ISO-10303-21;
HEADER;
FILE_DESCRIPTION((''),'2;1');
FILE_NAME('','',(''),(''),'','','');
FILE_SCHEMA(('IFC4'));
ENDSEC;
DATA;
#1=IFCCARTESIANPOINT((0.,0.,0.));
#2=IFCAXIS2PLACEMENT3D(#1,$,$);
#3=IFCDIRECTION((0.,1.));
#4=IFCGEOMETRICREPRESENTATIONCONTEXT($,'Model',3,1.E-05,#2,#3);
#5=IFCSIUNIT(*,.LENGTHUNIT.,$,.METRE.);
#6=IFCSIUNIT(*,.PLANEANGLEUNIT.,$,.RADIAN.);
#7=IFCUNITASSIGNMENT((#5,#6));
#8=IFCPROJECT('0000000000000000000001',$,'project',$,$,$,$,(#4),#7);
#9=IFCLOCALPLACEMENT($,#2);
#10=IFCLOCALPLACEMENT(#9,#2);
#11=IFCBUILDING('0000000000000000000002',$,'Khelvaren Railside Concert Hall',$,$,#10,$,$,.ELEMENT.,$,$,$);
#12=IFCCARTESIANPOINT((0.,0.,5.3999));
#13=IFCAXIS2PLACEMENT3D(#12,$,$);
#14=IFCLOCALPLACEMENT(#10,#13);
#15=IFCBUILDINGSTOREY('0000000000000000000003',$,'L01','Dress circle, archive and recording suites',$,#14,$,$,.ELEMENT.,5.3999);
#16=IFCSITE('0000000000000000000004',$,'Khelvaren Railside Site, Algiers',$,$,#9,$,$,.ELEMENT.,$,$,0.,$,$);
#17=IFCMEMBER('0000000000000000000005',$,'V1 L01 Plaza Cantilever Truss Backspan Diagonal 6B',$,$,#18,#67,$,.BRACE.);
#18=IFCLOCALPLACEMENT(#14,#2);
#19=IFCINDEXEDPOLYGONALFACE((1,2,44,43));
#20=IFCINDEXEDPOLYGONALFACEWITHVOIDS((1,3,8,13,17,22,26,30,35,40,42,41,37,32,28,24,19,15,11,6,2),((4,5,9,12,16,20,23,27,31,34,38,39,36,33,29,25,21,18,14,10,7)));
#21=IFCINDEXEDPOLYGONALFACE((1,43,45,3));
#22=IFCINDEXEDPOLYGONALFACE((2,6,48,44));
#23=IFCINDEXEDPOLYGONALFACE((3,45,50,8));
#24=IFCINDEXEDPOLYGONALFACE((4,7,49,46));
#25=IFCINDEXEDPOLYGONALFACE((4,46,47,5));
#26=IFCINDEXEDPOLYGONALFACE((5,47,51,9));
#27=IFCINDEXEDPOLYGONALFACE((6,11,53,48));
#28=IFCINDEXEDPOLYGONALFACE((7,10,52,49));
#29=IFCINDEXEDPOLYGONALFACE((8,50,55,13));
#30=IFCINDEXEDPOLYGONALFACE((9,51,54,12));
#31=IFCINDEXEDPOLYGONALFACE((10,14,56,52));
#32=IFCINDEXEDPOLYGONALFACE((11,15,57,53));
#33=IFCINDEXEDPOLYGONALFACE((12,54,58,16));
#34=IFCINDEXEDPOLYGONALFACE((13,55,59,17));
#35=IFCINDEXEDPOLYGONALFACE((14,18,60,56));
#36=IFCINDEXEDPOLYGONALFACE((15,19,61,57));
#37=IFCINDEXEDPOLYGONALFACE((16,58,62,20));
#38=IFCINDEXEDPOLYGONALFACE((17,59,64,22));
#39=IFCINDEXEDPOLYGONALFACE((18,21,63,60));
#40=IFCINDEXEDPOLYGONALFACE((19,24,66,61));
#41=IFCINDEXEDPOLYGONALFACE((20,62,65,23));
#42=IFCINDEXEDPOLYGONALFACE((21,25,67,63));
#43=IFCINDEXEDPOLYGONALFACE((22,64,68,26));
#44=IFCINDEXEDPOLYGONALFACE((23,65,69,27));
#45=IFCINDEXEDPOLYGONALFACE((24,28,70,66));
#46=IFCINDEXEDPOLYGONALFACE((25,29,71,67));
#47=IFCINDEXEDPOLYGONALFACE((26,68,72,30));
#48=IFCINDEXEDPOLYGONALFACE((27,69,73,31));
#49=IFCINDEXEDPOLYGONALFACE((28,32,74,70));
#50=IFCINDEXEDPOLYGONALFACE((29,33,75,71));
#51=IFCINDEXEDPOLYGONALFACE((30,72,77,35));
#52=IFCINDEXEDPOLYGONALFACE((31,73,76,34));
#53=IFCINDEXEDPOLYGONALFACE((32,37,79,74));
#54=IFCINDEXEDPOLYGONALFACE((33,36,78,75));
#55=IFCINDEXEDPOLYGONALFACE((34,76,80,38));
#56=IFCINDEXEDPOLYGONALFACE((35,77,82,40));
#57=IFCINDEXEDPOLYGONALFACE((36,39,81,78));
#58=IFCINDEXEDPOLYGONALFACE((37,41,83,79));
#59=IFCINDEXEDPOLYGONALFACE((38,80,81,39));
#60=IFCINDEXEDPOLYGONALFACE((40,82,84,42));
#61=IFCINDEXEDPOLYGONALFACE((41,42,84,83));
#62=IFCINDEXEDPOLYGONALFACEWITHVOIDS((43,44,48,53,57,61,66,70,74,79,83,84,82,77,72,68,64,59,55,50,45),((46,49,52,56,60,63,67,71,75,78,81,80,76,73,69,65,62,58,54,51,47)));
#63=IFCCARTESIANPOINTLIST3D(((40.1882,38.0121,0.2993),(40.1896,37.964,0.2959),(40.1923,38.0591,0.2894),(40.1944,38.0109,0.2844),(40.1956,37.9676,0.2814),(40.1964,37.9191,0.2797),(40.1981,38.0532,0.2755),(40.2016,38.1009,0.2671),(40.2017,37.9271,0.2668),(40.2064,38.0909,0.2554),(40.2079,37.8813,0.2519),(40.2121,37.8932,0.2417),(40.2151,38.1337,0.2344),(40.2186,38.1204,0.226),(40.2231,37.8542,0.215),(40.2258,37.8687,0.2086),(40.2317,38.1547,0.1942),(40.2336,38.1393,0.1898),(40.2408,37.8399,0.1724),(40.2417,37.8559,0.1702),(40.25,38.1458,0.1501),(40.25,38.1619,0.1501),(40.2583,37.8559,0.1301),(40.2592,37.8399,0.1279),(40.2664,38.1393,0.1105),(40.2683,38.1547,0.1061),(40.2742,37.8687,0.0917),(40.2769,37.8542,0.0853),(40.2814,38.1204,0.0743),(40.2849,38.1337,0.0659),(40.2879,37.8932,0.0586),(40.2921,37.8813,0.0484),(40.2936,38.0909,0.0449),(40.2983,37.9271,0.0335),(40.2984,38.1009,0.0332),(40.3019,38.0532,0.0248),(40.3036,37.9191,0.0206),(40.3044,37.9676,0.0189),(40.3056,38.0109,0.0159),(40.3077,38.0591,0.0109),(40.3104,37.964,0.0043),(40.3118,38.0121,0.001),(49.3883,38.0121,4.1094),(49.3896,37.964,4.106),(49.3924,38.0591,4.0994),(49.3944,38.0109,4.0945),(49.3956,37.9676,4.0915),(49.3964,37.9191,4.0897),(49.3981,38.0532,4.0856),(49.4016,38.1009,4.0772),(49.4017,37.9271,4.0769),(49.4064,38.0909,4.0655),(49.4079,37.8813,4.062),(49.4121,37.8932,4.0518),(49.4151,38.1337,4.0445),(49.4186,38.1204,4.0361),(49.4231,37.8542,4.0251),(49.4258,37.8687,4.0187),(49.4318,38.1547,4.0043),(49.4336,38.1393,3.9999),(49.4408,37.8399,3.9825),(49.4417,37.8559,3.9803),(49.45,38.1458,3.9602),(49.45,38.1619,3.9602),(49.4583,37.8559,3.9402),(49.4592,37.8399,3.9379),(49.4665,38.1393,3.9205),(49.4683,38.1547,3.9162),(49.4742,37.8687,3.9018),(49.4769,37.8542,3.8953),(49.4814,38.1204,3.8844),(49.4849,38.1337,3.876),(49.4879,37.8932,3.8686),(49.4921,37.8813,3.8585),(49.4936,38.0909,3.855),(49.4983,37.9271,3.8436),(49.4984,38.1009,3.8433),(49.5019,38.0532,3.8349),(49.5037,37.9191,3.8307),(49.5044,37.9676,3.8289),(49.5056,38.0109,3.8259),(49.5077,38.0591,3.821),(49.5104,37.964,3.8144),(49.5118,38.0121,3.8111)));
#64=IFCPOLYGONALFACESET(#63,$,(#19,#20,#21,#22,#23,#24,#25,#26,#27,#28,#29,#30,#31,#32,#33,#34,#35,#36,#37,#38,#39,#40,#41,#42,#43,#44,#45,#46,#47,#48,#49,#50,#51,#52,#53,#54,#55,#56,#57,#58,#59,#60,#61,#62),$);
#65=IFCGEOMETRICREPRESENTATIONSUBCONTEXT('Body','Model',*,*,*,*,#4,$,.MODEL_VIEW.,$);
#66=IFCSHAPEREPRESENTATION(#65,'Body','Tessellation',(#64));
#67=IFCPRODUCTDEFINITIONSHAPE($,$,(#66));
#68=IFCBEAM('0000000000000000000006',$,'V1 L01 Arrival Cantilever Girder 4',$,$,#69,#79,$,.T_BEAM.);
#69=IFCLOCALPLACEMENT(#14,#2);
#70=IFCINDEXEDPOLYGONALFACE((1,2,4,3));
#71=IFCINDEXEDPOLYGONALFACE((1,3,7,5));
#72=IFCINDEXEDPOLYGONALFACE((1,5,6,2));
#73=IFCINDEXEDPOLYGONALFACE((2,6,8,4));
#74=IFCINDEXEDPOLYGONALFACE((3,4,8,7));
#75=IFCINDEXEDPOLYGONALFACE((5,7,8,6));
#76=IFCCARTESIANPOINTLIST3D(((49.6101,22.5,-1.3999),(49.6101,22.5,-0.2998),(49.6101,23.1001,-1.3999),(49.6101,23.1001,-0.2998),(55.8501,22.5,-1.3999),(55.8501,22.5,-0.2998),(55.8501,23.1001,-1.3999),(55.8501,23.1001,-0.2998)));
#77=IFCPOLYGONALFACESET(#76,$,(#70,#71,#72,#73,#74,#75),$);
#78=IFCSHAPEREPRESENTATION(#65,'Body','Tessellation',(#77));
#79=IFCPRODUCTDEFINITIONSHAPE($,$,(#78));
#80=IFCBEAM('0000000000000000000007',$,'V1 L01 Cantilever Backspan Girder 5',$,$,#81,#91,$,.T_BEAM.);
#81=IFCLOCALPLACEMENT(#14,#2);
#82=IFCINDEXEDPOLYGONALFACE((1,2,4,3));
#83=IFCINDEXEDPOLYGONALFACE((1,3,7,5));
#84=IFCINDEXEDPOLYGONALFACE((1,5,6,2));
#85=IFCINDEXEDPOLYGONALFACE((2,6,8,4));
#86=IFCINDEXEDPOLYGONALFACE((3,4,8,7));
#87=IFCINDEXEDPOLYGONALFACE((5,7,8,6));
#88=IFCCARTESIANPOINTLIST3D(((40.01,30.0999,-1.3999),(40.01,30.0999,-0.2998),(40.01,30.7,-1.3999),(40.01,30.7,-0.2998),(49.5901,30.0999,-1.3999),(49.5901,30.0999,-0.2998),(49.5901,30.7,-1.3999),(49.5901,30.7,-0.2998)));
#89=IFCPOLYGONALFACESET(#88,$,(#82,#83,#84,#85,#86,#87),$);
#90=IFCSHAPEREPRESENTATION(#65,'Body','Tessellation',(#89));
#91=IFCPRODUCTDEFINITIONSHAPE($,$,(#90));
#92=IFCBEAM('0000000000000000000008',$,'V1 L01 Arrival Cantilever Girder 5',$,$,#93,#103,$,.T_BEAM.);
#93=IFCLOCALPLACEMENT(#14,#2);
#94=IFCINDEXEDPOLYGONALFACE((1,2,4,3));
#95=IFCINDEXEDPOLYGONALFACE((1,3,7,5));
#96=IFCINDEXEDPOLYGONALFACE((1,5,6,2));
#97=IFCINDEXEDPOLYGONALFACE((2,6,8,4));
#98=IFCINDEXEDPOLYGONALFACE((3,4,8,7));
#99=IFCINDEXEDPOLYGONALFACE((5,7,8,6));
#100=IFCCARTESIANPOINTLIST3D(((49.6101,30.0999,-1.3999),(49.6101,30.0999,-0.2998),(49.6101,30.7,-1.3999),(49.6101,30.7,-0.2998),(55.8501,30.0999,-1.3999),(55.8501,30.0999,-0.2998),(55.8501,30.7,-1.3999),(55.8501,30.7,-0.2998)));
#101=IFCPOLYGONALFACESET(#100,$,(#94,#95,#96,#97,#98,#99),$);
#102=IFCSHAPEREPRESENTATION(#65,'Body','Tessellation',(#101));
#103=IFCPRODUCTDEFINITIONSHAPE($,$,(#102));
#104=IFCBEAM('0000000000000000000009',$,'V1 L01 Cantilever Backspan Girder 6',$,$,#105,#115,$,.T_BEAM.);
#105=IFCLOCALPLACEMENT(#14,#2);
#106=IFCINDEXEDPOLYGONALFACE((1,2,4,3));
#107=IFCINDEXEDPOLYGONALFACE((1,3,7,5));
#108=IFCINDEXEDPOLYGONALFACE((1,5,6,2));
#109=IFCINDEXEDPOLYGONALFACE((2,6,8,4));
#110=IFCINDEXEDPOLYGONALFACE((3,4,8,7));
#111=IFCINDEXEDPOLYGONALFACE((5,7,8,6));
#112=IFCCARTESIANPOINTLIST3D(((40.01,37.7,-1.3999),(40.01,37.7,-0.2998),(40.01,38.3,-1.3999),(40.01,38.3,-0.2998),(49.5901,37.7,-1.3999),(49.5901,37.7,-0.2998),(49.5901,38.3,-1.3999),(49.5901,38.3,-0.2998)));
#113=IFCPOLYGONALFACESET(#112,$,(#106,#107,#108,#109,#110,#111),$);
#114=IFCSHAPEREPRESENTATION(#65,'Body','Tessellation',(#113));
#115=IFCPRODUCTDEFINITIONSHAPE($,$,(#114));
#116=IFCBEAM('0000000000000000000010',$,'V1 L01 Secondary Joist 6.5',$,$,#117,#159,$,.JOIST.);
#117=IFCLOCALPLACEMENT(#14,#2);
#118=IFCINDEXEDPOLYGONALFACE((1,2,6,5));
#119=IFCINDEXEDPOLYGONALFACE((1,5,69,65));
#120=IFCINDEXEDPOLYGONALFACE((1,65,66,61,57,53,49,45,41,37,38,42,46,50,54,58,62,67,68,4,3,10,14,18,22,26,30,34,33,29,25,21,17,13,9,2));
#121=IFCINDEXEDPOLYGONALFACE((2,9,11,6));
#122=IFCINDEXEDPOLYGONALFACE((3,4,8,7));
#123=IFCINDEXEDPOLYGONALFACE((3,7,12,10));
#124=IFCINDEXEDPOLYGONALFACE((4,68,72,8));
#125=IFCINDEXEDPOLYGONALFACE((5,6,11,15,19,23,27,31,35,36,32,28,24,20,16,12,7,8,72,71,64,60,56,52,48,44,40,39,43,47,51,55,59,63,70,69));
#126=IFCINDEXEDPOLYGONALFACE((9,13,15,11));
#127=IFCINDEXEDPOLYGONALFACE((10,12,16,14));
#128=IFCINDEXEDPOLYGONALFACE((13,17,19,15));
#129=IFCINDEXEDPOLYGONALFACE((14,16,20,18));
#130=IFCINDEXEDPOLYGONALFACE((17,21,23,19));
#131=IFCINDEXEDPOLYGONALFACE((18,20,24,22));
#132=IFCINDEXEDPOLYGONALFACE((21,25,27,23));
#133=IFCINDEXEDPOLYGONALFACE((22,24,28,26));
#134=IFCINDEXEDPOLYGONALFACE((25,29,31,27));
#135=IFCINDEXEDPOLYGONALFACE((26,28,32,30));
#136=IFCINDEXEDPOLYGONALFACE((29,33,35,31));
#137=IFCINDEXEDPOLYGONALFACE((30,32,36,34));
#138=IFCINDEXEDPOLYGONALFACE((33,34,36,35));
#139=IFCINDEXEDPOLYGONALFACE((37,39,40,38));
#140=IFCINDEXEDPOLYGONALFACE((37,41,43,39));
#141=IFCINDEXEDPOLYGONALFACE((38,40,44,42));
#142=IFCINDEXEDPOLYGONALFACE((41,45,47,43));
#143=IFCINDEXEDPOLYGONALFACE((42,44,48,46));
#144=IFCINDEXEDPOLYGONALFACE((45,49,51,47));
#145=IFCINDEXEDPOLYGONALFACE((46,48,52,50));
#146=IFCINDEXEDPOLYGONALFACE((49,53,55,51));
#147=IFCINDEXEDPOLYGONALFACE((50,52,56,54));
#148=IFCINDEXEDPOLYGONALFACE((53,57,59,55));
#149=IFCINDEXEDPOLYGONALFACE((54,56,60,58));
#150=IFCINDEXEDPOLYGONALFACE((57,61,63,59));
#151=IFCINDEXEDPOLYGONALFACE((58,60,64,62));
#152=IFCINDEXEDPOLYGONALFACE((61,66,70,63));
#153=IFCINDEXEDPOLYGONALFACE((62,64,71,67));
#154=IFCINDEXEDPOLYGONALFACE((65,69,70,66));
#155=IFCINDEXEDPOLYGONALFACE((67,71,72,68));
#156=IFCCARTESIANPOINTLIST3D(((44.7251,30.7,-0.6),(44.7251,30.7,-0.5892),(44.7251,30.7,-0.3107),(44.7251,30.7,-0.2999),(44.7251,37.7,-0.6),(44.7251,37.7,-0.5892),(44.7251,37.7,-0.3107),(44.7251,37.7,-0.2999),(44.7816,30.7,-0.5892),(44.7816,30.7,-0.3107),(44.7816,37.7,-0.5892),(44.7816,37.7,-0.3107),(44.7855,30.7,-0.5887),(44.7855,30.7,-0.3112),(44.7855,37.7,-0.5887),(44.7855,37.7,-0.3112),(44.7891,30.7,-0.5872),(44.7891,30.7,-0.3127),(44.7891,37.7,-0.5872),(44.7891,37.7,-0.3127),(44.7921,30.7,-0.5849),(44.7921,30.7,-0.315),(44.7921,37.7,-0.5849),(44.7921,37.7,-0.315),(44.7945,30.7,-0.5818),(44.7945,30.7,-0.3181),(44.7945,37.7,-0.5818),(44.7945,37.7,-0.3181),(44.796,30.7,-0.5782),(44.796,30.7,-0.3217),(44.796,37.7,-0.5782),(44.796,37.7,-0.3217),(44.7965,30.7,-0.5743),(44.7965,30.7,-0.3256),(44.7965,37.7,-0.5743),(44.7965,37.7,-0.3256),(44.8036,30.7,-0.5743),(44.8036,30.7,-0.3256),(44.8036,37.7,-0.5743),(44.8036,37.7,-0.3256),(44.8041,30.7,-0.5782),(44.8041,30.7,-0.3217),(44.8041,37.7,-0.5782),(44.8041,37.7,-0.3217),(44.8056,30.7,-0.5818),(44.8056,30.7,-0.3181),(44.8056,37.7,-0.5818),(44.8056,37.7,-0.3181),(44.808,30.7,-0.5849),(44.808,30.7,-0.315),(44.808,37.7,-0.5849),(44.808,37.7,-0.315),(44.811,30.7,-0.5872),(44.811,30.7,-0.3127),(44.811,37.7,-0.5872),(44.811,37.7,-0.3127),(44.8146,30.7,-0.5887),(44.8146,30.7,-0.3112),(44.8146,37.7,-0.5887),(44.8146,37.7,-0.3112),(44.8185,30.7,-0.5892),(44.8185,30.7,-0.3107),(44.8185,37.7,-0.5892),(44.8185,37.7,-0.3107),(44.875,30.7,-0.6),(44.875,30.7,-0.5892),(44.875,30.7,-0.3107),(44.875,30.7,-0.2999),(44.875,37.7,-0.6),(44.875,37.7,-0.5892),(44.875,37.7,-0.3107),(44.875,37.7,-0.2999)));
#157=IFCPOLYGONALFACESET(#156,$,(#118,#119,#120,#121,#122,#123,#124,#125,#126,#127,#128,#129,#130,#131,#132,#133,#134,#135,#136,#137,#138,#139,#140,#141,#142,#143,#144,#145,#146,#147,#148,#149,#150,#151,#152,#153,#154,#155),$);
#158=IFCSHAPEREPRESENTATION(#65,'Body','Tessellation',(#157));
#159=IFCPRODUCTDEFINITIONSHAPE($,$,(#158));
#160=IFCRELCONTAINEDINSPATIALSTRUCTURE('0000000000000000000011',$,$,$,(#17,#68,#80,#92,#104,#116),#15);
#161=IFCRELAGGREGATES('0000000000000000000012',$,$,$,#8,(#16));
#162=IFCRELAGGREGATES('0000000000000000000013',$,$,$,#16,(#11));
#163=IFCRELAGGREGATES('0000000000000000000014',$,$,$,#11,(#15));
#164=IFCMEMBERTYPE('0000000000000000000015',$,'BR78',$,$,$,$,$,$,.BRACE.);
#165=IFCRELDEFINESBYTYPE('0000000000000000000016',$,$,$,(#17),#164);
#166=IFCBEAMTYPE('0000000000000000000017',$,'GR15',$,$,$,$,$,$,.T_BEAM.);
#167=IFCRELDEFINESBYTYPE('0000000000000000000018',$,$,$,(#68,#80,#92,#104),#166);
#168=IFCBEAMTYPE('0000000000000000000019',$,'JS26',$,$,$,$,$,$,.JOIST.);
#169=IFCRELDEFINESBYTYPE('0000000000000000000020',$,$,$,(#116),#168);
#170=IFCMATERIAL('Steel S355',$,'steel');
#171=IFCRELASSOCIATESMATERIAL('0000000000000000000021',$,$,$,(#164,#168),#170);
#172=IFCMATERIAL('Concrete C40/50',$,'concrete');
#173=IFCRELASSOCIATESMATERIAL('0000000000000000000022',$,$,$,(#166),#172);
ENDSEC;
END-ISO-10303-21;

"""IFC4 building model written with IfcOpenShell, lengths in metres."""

from ifc_helpers import new_model, si_unit, direction, frame, origin, origin_2d, place, context, subcontext, project, spatial, rectangle, hollow_circle, i_section, extrude, material, material_profile, profile_set, type_object, element, save


model = new_model("IFC4")

# Units and contexts
model_context = context("Model", 3, precision=1e-05, world=origin(), true_north=direction((0.0, 1.0)))
body_context = subcontext(model_context, "Body", "Model", "MODEL_VIEW")
ifc_project = project(units=[si_unit("LENGTHUNIT", "METRE"), si_unit("PLANEANGLEUNIT", "RADIAN")], contexts=[model_context])

# Site, building, storey
site_placement = place(None, origin())
site = spatial("IfcSite", under=ifc_project, at=site_placement, Name="Khelvaren Railside Site, Algiers", CompositionType="ELEMENT", RefElevation=0.0)
building_placement = place(site_placement, origin())
building = spatial("IfcBuilding", under=site, at=building_placement, Name="Khelvaren Railside Concert Hall", CompositionType="ELEMENT")
storey_placement = place(building_placement, frame((0.0, 0.0, 5.3999)))
storey = spatial("IfcBuildingStorey", under=building, at=storey_placement, Name="L01", Description="Dress circle, archive and recording suites", CompositionType="ELEMENT", Elevation=5.3999)

# Shared definitions
ifc_material_1 = material(Name="Steel S355", Category="steel")

# Member
ifc_material_profile_1 = material_profile(ifc_material_1, hollow_circle(Radius=0.1619, WallThickness=0.0161, at=origin_2d()), Name="CHS 323.9x16")
ifc_profile_set_1 = profile_set([ifc_material_profile_1], Name="Steel S355")
member_type = type_object("IfcMemberType", Name="BR78", PredefinedType="BRACE", material=ifc_profile_set_1)
for number, where, z_axis, x_axis, name in (
    (1, (40.25, 38.0, 0.1501), (0.923904, 0.0, 0.382625), (0.0, 1.0, 0.0), "V1 L01 Plaza Cantilever Truss Backspan Diagonal 6B"),
):
    element("IfcMember", number, at=place(storey_placement, frame(where, z_axis=z_axis, x_axis=x_axis)), inside=storey, type_object=member_type, Name=name, PredefinedType="BRACE", context=body_context, shape_type="SweptSolid", body=[
        extrude(hollow_circle(Radius=0.1619, WallThickness=0.0161, at=origin_2d()), origin(), (0.0, 0.0, 1.0), 9.9578),
    ])

# Beams
ifc_material_2 = material(Name="Concrete C40/50", Category="concrete")
ifc_material_profile_2 = material_profile(ifc_material_2, rectangle(XDim=0.6001, YDim=1.1001, at=origin_2d()), Name="RCB 600x1100")
ifc_profile_set_2 = profile_set([ifc_material_profile_2], Name="Concrete C40/50")
beam_type_1 = type_object("IfcBeamType", Name="GR15", PredefinedType="T_BEAM", material=ifc_profile_set_2)
beam_1_placement = place(storey_placement, frame((49.6101, 22.8, -0.8499), z_axis=(1.0, 0.0, 0.0), x_axis=(0.0, 1.0, 0.0)))
element("IfcBeam", 2, at=beam_1_placement, inside=storey, type_object=beam_type_1, Name="V1 L01 Arrival Cantilever Girder 4", PredefinedType="T_BEAM", context=body_context, shape_type="SweptSolid", body=[
    extrude(rectangle(XDim=0.6001, YDim=1.1001, at=origin_2d()), origin(), (0.0, 0.0, 1.0), 6.24),
])
beam_2_placement = place(storey_placement, frame((40.01, 30.3999, -0.8499), z_axis=(1.0, 0.0, 0.0), x_axis=(0.0, 1.0, 0.0)))
element("IfcBeam", 3, at=beam_2_placement, inside=storey, type_object=beam_type_1, Name="V1 L01 Cantilever Backspan Girder 5", PredefinedType="T_BEAM", context=body_context, shape_type="SweptSolid", body=[
    extrude(rectangle(XDim=0.6001, YDim=1.1001, at=origin_2d()), origin(), (0.0, 0.0, 1.0), 9.5801),
])
beam_3_placement = place(storey_placement, frame((49.6101, 30.3999, -0.8499), z_axis=(1.0, 0.0, 0.0), x_axis=(0.0, 1.0, 0.0)))
element("IfcBeam", 4, at=beam_3_placement, inside=storey, type_object=beam_type_1, Name="V1 L01 Arrival Cantilever Girder 5", PredefinedType="T_BEAM", context=body_context, shape_type="SweptSolid", body=[
    extrude(rectangle(XDim=0.6001, YDim=1.1001, at=origin_2d()), origin(), (0.0, 0.0, 1.0), 6.24),
])
beam_4_placement = place(storey_placement, frame((40.01, 38.0, -0.8499), z_axis=(1.0, 0.0, 0.0), x_axis=(0.0, 1.0, 0.0)))
element("IfcBeam", 5, at=beam_4_placement, inside=storey, type_object=beam_type_1, Name="V1 L01 Cantilever Backspan Girder 6", PredefinedType="T_BEAM", context=body_context, shape_type="SweptSolid", body=[
    extrude(rectangle(XDim=0.6001, YDim=1.1001, at=origin_2d()), origin(), (0.0, 0.0, 1.0), 9.5801),
])
ifc_material_profile_3 = material_profile(ifc_material_1, i_section(OverallWidth=0.1499, OverallDepth=0.3, WebThickness=0.0071, FlangeThickness=0.0107, FilletRadius=0.0149, at=origin_2d()), Name="IPE 300")
ifc_profile_set_3 = profile_set([ifc_material_profile_3], Name="Steel S355")
beam_type_2 = type_object("IfcBeamType", Name="JS26", PredefinedType="JOIST", material=ifc_profile_set_3)
beam_5_placement = place(storey_placement, frame((44.8, 30.7, -0.45), z_axis=(0.0, 1.0, 0.0), x_axis=(-1.0, 0.0, 0.0)))
element("IfcBeam", 6, at=beam_5_placement, inside=storey, type_object=beam_type_2, Name="V1 L01 Secondary Joist 6.5", PredefinedType="JOIST", context=body_context, shape_type="SweptSolid", body=[
    extrude(i_section(OverallWidth=0.1499, OverallDepth=0.3, WebThickness=0.0071, FlangeThickness=0.0107, FilletRadius=0.0149, at=origin_2d()), origin(), (0.0, 0.0, 1.0), 7.0),
])

save(model, "model.ifc")
